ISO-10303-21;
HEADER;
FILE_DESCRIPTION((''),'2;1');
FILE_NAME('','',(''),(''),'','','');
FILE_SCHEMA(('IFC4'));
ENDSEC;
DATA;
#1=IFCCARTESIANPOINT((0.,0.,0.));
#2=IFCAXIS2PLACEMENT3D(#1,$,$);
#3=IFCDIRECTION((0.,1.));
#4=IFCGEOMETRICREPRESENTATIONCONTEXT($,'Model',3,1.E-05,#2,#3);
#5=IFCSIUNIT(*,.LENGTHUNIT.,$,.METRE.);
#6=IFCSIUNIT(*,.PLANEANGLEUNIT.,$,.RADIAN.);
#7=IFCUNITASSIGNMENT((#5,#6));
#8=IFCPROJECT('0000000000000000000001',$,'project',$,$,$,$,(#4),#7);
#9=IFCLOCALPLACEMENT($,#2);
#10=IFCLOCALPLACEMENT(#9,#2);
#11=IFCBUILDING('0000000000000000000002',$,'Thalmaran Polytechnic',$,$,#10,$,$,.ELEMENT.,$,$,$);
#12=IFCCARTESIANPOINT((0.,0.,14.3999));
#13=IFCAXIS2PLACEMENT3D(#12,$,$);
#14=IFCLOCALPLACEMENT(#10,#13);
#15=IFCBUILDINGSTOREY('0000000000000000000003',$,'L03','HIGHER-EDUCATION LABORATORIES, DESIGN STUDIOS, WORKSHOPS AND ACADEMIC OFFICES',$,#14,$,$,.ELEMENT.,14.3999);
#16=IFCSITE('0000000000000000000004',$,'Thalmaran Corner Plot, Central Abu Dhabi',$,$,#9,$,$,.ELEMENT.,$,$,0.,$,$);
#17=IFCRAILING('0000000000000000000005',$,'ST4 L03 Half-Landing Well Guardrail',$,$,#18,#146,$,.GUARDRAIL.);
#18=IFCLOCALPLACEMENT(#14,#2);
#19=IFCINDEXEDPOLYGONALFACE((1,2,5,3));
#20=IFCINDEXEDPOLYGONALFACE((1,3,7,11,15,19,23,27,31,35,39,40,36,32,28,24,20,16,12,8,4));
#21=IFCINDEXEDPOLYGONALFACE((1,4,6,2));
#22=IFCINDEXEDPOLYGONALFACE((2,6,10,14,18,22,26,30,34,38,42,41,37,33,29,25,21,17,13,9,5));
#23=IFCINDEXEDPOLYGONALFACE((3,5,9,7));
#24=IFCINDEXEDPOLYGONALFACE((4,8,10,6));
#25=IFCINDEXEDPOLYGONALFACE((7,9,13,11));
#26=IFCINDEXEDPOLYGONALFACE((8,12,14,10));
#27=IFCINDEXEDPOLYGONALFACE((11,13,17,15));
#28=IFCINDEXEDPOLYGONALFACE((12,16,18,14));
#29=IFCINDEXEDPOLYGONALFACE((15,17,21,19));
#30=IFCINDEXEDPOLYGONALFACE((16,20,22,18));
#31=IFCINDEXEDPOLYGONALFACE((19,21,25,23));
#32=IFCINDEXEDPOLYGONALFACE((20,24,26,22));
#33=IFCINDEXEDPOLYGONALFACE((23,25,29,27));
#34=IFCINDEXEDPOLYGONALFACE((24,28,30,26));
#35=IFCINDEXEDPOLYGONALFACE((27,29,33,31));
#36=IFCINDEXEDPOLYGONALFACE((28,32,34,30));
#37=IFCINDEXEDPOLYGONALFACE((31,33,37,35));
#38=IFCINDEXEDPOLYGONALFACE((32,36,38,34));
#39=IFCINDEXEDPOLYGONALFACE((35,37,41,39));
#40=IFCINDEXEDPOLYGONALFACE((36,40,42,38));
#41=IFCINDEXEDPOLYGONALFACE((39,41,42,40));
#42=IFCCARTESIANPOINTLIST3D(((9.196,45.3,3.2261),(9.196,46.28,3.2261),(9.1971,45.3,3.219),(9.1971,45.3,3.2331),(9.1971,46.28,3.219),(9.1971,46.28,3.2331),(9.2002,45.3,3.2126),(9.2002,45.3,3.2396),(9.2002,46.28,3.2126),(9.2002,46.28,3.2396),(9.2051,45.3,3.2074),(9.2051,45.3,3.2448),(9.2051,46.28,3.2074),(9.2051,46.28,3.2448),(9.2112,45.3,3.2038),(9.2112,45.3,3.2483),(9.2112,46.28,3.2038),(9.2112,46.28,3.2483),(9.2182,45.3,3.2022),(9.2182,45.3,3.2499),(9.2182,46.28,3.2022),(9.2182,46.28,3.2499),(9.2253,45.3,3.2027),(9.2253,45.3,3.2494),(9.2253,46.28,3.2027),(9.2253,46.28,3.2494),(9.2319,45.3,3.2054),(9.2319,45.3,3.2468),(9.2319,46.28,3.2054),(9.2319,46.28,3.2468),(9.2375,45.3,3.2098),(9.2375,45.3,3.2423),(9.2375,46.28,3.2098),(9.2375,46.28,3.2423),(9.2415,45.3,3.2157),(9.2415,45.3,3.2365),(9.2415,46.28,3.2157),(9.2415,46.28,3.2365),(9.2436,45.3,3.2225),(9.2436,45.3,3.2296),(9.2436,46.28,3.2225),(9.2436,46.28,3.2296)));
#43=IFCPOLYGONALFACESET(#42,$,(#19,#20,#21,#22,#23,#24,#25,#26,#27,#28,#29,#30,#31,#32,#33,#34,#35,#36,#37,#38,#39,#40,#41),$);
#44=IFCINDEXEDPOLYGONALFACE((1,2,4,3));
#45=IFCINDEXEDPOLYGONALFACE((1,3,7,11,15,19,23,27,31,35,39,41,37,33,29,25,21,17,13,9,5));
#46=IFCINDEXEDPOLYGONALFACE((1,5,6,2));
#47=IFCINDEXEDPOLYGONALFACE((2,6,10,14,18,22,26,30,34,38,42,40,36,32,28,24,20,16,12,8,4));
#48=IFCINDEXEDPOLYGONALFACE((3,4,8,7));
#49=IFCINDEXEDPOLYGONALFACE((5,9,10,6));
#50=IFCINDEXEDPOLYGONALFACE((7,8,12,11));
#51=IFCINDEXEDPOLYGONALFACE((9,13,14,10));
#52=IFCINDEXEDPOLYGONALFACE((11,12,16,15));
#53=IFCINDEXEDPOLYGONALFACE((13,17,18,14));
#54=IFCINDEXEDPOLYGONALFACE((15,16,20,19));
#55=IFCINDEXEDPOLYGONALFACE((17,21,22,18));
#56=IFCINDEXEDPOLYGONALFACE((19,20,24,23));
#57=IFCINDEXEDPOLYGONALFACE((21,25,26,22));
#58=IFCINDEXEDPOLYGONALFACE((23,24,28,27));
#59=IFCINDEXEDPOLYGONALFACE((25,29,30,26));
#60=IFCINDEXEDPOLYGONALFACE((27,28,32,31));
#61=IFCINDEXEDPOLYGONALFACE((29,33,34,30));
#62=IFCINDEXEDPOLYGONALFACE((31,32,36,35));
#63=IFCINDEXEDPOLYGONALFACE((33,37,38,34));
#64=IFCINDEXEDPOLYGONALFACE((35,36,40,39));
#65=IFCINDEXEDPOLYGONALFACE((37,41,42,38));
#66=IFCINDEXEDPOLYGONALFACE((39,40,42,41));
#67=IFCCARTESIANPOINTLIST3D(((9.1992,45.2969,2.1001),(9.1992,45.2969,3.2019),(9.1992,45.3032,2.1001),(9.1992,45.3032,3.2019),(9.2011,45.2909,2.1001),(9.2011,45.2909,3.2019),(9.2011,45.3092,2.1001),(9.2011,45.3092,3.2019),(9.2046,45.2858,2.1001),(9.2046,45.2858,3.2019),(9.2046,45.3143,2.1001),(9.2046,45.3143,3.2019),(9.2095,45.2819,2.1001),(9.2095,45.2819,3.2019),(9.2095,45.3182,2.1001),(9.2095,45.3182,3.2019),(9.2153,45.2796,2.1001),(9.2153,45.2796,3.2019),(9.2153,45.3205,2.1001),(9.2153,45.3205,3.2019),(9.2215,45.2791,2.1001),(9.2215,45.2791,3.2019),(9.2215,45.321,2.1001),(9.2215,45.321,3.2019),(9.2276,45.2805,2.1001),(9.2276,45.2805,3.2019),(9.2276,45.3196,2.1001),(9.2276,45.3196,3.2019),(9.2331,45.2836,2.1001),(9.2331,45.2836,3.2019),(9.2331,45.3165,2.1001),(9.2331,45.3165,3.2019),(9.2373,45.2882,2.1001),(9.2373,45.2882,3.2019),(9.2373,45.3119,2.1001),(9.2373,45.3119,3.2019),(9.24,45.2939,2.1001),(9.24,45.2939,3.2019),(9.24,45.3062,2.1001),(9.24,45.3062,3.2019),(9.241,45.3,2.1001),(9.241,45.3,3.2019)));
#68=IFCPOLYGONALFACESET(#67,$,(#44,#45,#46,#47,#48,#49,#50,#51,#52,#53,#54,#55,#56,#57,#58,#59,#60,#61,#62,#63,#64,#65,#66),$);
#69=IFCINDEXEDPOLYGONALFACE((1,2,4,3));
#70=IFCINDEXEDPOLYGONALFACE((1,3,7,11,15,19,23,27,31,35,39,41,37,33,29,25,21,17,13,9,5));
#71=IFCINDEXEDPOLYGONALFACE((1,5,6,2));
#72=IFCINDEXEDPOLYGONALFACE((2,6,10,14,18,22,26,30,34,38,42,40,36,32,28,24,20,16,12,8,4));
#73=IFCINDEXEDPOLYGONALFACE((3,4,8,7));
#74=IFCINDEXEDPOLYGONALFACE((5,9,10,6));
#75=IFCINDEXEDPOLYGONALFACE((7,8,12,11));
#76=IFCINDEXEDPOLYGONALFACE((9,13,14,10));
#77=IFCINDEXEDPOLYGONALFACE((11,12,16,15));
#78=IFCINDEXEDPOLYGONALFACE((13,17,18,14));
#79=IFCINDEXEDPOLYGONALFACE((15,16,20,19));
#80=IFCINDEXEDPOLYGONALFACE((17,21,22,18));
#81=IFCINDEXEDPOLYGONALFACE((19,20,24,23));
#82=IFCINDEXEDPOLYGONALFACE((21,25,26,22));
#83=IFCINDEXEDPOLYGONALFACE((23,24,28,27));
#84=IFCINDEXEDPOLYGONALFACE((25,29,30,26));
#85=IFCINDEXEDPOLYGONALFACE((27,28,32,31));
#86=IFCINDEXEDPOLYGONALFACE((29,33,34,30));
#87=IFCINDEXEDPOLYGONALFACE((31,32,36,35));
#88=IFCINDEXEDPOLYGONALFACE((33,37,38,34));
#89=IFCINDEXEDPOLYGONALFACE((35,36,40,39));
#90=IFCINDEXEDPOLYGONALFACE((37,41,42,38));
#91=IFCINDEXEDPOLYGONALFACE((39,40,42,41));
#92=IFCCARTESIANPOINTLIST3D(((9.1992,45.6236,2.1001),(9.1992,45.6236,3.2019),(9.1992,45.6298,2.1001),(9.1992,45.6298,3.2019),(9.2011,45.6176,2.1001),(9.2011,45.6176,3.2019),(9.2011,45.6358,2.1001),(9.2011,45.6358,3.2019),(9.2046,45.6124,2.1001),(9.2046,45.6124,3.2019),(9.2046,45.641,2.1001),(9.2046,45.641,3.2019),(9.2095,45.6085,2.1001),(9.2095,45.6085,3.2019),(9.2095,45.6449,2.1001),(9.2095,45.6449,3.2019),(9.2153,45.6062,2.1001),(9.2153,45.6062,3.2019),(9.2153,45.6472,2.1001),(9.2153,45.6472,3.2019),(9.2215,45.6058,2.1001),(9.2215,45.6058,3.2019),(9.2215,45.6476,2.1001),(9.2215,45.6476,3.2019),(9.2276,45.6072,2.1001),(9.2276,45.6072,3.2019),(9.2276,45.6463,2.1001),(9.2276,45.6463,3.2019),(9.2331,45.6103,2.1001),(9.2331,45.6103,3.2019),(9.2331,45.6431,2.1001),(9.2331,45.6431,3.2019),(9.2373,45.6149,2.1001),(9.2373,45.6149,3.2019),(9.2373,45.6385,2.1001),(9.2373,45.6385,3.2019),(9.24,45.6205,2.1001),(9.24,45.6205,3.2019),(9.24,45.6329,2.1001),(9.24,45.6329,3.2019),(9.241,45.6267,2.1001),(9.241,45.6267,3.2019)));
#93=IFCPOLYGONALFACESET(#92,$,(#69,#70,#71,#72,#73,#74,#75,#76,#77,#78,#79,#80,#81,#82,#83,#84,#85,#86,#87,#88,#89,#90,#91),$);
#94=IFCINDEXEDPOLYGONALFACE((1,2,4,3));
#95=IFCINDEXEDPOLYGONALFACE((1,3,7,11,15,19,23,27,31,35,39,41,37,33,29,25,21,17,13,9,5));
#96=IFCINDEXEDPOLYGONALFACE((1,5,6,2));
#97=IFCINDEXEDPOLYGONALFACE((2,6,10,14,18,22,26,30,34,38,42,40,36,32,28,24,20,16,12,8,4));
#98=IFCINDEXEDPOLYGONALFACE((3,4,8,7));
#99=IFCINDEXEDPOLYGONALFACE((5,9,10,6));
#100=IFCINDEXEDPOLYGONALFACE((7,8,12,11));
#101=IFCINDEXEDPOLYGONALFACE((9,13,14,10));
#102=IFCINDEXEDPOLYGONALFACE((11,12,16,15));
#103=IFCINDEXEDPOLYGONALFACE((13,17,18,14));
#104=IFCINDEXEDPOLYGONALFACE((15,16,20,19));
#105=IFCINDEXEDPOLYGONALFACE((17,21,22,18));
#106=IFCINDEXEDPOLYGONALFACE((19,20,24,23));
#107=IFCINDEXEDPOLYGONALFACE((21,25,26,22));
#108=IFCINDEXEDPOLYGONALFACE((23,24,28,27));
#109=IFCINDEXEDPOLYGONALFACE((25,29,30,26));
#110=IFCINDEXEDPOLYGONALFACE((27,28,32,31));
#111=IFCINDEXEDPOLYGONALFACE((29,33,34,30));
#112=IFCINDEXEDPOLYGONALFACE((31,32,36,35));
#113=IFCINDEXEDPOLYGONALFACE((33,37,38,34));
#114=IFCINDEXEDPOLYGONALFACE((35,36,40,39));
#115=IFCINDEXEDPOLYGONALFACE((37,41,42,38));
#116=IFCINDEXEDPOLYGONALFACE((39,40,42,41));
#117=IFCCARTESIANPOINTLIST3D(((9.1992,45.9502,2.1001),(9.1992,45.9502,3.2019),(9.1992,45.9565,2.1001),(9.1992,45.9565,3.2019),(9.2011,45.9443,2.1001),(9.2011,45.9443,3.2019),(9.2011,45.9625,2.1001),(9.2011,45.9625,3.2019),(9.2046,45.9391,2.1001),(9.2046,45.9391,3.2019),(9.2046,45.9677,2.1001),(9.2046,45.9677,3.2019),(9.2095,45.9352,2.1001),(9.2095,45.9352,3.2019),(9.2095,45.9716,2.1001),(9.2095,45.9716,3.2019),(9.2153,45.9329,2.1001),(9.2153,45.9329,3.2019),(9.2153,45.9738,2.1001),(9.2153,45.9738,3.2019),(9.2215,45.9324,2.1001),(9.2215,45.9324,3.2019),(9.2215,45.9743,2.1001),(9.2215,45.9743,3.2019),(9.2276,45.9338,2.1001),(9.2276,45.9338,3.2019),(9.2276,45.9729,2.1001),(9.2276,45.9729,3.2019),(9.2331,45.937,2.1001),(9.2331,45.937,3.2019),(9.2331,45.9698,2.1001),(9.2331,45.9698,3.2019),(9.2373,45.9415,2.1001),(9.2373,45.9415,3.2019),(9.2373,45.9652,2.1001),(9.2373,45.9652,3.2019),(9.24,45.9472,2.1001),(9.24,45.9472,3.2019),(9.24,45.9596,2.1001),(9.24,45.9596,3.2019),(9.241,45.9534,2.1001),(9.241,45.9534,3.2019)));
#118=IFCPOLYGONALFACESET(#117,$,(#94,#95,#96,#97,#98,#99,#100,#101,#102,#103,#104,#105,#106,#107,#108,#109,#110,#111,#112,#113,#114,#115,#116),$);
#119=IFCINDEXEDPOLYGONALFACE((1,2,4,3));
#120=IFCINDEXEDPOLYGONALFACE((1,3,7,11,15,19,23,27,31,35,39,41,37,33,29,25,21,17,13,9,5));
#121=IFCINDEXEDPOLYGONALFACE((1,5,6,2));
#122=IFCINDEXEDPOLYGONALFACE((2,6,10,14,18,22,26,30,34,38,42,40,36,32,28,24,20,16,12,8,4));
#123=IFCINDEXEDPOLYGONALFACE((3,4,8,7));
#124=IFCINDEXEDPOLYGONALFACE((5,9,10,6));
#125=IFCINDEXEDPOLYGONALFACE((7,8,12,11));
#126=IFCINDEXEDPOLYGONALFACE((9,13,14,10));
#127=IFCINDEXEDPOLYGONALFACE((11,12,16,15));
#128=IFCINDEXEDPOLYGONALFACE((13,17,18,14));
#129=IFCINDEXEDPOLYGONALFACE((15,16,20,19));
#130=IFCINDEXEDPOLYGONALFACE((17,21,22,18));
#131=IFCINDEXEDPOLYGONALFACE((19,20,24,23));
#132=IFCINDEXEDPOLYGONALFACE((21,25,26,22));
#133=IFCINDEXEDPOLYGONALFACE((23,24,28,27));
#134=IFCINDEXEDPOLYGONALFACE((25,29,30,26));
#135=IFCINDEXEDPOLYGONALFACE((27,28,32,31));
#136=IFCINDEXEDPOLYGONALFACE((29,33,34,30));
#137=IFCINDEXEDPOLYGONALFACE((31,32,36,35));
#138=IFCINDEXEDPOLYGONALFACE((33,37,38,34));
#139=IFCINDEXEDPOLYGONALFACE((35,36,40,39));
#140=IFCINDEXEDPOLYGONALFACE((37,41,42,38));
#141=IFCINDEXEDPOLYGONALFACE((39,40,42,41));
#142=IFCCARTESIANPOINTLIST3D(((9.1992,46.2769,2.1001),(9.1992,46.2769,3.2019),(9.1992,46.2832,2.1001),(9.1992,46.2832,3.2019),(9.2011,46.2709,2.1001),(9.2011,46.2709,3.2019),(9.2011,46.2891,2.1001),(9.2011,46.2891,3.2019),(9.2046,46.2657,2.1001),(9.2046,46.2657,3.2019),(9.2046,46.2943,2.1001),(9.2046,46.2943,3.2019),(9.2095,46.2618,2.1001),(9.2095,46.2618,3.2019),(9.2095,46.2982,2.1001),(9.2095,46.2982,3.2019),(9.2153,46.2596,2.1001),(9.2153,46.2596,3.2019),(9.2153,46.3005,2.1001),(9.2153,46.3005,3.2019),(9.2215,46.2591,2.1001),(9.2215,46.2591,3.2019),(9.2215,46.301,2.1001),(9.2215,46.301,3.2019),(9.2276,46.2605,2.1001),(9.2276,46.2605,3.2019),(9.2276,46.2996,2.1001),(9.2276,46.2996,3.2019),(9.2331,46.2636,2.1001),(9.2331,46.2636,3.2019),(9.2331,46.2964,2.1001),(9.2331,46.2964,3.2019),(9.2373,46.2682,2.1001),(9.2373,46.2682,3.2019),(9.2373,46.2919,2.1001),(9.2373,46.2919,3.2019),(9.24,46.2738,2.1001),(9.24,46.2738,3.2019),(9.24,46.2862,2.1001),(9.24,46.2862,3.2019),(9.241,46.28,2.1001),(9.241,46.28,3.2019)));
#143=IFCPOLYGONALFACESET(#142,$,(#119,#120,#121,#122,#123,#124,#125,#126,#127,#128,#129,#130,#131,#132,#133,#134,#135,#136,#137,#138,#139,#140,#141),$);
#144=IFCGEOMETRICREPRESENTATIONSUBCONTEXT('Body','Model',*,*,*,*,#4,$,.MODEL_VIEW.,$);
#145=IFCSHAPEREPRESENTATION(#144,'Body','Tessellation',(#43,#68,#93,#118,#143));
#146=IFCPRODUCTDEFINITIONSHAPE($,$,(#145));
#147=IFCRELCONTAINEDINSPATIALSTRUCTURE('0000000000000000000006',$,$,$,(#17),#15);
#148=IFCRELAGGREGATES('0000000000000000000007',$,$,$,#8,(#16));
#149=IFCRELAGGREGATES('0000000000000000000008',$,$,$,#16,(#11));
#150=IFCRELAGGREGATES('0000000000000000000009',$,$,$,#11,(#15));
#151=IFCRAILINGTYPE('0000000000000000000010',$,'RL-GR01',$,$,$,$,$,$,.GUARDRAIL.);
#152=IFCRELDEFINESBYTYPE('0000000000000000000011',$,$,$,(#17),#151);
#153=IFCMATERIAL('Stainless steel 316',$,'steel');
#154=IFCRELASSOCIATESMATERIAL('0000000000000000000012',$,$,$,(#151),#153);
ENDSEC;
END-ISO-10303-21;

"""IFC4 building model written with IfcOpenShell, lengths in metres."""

from ifc_helpers import new_model, si_unit, direction, frame, origin, origin_2d, place, context, subcontext, project, spatial, circle, extrude, material, type_object, element, save


model = new_model("IFC4")

# Units and contexts
model_context = context("Model", 3, precision=1e-05, world=origin(), true_north=direction((0.0, 1.0)))
body_context = subcontext(model_context, "Body", "Model", "MODEL_VIEW")
ifc_project = project(units=[si_unit("LENGTHUNIT", "METRE"), si_unit("PLANEANGLEUNIT", "RADIAN")], contexts=[model_context])

# Site, building, storey
site_placement = place(None, origin())
site = spatial("IfcSite", under=ifc_project, at=site_placement, Name="Thalmaran Corner Plot, Central Abu Dhabi", CompositionType="ELEMENT", RefElevation=0.0)
building_placement = place(site_placement, origin())
building = spatial("IfcBuilding", under=site, at=building_placement, Name="Thalmaran Polytechnic", CompositionType="ELEMENT")
storey_placement = place(building_placement, frame((0.0, 0.0, 14.3999)))
storey = spatial("IfcBuildingStorey", under=building, at=storey_placement, Name="L03", Description="HIGHER-EDUCATION LABORATORIES, DESIGN STUDIOS, WORKSHOPS AND ACADEMIC OFFICES", CompositionType="ELEMENT", Elevation=14.3999)

# Railing
ifc_material_1 = material(Name="Stainless steel 316", Category="steel")
railing_type_1 = type_object("IfcRailingType", Name="RL-GR01", PredefinedType="GUARDRAIL", material=ifc_material_1)
railing_1_placement = place(storey_placement, frame((9.22, 45.3, 2.1001)))
element("IfcRailing", 1, at=railing_1_placement, inside=storey, type_object=railing_type_1, Name="ST4 L03 Half-Landing Well Guardrail", PredefinedType="GUARDRAIL", context=body_context, shape_type="SweptSolid", body=[
    extrude(circle(Radius=0.0239, at=origin_2d()), frame((0.0, 0.0, 1.126), z_axis=(0.0, 1.0, 0.0), x_axis=(-1.0, 0.0, 0.0)), (0.0, 0.0, 1.0), 0.98),
    extrude(circle(Radius=0.021, at=origin_2d()), origin(), (0.0, 0.0, 1.0), 1.1018),
    extrude(circle(Radius=0.021, at=origin_2d()), frame((0.0, 0.3267, 0.0)), (0.0, 0.0, 1.0), 1.1018),
    extrude(circle(Radius=0.021, at=origin_2d()), frame((0.0, 0.6533, 0.0)), (0.0, 0.0, 1.0), 1.1018),
    extrude(circle(Radius=0.021, at=origin_2d()), frame((0.0, 0.98, 0.0)), (0.0, 0.0, 1.0), 1.1018),
])

save(model, "model.ifc")
